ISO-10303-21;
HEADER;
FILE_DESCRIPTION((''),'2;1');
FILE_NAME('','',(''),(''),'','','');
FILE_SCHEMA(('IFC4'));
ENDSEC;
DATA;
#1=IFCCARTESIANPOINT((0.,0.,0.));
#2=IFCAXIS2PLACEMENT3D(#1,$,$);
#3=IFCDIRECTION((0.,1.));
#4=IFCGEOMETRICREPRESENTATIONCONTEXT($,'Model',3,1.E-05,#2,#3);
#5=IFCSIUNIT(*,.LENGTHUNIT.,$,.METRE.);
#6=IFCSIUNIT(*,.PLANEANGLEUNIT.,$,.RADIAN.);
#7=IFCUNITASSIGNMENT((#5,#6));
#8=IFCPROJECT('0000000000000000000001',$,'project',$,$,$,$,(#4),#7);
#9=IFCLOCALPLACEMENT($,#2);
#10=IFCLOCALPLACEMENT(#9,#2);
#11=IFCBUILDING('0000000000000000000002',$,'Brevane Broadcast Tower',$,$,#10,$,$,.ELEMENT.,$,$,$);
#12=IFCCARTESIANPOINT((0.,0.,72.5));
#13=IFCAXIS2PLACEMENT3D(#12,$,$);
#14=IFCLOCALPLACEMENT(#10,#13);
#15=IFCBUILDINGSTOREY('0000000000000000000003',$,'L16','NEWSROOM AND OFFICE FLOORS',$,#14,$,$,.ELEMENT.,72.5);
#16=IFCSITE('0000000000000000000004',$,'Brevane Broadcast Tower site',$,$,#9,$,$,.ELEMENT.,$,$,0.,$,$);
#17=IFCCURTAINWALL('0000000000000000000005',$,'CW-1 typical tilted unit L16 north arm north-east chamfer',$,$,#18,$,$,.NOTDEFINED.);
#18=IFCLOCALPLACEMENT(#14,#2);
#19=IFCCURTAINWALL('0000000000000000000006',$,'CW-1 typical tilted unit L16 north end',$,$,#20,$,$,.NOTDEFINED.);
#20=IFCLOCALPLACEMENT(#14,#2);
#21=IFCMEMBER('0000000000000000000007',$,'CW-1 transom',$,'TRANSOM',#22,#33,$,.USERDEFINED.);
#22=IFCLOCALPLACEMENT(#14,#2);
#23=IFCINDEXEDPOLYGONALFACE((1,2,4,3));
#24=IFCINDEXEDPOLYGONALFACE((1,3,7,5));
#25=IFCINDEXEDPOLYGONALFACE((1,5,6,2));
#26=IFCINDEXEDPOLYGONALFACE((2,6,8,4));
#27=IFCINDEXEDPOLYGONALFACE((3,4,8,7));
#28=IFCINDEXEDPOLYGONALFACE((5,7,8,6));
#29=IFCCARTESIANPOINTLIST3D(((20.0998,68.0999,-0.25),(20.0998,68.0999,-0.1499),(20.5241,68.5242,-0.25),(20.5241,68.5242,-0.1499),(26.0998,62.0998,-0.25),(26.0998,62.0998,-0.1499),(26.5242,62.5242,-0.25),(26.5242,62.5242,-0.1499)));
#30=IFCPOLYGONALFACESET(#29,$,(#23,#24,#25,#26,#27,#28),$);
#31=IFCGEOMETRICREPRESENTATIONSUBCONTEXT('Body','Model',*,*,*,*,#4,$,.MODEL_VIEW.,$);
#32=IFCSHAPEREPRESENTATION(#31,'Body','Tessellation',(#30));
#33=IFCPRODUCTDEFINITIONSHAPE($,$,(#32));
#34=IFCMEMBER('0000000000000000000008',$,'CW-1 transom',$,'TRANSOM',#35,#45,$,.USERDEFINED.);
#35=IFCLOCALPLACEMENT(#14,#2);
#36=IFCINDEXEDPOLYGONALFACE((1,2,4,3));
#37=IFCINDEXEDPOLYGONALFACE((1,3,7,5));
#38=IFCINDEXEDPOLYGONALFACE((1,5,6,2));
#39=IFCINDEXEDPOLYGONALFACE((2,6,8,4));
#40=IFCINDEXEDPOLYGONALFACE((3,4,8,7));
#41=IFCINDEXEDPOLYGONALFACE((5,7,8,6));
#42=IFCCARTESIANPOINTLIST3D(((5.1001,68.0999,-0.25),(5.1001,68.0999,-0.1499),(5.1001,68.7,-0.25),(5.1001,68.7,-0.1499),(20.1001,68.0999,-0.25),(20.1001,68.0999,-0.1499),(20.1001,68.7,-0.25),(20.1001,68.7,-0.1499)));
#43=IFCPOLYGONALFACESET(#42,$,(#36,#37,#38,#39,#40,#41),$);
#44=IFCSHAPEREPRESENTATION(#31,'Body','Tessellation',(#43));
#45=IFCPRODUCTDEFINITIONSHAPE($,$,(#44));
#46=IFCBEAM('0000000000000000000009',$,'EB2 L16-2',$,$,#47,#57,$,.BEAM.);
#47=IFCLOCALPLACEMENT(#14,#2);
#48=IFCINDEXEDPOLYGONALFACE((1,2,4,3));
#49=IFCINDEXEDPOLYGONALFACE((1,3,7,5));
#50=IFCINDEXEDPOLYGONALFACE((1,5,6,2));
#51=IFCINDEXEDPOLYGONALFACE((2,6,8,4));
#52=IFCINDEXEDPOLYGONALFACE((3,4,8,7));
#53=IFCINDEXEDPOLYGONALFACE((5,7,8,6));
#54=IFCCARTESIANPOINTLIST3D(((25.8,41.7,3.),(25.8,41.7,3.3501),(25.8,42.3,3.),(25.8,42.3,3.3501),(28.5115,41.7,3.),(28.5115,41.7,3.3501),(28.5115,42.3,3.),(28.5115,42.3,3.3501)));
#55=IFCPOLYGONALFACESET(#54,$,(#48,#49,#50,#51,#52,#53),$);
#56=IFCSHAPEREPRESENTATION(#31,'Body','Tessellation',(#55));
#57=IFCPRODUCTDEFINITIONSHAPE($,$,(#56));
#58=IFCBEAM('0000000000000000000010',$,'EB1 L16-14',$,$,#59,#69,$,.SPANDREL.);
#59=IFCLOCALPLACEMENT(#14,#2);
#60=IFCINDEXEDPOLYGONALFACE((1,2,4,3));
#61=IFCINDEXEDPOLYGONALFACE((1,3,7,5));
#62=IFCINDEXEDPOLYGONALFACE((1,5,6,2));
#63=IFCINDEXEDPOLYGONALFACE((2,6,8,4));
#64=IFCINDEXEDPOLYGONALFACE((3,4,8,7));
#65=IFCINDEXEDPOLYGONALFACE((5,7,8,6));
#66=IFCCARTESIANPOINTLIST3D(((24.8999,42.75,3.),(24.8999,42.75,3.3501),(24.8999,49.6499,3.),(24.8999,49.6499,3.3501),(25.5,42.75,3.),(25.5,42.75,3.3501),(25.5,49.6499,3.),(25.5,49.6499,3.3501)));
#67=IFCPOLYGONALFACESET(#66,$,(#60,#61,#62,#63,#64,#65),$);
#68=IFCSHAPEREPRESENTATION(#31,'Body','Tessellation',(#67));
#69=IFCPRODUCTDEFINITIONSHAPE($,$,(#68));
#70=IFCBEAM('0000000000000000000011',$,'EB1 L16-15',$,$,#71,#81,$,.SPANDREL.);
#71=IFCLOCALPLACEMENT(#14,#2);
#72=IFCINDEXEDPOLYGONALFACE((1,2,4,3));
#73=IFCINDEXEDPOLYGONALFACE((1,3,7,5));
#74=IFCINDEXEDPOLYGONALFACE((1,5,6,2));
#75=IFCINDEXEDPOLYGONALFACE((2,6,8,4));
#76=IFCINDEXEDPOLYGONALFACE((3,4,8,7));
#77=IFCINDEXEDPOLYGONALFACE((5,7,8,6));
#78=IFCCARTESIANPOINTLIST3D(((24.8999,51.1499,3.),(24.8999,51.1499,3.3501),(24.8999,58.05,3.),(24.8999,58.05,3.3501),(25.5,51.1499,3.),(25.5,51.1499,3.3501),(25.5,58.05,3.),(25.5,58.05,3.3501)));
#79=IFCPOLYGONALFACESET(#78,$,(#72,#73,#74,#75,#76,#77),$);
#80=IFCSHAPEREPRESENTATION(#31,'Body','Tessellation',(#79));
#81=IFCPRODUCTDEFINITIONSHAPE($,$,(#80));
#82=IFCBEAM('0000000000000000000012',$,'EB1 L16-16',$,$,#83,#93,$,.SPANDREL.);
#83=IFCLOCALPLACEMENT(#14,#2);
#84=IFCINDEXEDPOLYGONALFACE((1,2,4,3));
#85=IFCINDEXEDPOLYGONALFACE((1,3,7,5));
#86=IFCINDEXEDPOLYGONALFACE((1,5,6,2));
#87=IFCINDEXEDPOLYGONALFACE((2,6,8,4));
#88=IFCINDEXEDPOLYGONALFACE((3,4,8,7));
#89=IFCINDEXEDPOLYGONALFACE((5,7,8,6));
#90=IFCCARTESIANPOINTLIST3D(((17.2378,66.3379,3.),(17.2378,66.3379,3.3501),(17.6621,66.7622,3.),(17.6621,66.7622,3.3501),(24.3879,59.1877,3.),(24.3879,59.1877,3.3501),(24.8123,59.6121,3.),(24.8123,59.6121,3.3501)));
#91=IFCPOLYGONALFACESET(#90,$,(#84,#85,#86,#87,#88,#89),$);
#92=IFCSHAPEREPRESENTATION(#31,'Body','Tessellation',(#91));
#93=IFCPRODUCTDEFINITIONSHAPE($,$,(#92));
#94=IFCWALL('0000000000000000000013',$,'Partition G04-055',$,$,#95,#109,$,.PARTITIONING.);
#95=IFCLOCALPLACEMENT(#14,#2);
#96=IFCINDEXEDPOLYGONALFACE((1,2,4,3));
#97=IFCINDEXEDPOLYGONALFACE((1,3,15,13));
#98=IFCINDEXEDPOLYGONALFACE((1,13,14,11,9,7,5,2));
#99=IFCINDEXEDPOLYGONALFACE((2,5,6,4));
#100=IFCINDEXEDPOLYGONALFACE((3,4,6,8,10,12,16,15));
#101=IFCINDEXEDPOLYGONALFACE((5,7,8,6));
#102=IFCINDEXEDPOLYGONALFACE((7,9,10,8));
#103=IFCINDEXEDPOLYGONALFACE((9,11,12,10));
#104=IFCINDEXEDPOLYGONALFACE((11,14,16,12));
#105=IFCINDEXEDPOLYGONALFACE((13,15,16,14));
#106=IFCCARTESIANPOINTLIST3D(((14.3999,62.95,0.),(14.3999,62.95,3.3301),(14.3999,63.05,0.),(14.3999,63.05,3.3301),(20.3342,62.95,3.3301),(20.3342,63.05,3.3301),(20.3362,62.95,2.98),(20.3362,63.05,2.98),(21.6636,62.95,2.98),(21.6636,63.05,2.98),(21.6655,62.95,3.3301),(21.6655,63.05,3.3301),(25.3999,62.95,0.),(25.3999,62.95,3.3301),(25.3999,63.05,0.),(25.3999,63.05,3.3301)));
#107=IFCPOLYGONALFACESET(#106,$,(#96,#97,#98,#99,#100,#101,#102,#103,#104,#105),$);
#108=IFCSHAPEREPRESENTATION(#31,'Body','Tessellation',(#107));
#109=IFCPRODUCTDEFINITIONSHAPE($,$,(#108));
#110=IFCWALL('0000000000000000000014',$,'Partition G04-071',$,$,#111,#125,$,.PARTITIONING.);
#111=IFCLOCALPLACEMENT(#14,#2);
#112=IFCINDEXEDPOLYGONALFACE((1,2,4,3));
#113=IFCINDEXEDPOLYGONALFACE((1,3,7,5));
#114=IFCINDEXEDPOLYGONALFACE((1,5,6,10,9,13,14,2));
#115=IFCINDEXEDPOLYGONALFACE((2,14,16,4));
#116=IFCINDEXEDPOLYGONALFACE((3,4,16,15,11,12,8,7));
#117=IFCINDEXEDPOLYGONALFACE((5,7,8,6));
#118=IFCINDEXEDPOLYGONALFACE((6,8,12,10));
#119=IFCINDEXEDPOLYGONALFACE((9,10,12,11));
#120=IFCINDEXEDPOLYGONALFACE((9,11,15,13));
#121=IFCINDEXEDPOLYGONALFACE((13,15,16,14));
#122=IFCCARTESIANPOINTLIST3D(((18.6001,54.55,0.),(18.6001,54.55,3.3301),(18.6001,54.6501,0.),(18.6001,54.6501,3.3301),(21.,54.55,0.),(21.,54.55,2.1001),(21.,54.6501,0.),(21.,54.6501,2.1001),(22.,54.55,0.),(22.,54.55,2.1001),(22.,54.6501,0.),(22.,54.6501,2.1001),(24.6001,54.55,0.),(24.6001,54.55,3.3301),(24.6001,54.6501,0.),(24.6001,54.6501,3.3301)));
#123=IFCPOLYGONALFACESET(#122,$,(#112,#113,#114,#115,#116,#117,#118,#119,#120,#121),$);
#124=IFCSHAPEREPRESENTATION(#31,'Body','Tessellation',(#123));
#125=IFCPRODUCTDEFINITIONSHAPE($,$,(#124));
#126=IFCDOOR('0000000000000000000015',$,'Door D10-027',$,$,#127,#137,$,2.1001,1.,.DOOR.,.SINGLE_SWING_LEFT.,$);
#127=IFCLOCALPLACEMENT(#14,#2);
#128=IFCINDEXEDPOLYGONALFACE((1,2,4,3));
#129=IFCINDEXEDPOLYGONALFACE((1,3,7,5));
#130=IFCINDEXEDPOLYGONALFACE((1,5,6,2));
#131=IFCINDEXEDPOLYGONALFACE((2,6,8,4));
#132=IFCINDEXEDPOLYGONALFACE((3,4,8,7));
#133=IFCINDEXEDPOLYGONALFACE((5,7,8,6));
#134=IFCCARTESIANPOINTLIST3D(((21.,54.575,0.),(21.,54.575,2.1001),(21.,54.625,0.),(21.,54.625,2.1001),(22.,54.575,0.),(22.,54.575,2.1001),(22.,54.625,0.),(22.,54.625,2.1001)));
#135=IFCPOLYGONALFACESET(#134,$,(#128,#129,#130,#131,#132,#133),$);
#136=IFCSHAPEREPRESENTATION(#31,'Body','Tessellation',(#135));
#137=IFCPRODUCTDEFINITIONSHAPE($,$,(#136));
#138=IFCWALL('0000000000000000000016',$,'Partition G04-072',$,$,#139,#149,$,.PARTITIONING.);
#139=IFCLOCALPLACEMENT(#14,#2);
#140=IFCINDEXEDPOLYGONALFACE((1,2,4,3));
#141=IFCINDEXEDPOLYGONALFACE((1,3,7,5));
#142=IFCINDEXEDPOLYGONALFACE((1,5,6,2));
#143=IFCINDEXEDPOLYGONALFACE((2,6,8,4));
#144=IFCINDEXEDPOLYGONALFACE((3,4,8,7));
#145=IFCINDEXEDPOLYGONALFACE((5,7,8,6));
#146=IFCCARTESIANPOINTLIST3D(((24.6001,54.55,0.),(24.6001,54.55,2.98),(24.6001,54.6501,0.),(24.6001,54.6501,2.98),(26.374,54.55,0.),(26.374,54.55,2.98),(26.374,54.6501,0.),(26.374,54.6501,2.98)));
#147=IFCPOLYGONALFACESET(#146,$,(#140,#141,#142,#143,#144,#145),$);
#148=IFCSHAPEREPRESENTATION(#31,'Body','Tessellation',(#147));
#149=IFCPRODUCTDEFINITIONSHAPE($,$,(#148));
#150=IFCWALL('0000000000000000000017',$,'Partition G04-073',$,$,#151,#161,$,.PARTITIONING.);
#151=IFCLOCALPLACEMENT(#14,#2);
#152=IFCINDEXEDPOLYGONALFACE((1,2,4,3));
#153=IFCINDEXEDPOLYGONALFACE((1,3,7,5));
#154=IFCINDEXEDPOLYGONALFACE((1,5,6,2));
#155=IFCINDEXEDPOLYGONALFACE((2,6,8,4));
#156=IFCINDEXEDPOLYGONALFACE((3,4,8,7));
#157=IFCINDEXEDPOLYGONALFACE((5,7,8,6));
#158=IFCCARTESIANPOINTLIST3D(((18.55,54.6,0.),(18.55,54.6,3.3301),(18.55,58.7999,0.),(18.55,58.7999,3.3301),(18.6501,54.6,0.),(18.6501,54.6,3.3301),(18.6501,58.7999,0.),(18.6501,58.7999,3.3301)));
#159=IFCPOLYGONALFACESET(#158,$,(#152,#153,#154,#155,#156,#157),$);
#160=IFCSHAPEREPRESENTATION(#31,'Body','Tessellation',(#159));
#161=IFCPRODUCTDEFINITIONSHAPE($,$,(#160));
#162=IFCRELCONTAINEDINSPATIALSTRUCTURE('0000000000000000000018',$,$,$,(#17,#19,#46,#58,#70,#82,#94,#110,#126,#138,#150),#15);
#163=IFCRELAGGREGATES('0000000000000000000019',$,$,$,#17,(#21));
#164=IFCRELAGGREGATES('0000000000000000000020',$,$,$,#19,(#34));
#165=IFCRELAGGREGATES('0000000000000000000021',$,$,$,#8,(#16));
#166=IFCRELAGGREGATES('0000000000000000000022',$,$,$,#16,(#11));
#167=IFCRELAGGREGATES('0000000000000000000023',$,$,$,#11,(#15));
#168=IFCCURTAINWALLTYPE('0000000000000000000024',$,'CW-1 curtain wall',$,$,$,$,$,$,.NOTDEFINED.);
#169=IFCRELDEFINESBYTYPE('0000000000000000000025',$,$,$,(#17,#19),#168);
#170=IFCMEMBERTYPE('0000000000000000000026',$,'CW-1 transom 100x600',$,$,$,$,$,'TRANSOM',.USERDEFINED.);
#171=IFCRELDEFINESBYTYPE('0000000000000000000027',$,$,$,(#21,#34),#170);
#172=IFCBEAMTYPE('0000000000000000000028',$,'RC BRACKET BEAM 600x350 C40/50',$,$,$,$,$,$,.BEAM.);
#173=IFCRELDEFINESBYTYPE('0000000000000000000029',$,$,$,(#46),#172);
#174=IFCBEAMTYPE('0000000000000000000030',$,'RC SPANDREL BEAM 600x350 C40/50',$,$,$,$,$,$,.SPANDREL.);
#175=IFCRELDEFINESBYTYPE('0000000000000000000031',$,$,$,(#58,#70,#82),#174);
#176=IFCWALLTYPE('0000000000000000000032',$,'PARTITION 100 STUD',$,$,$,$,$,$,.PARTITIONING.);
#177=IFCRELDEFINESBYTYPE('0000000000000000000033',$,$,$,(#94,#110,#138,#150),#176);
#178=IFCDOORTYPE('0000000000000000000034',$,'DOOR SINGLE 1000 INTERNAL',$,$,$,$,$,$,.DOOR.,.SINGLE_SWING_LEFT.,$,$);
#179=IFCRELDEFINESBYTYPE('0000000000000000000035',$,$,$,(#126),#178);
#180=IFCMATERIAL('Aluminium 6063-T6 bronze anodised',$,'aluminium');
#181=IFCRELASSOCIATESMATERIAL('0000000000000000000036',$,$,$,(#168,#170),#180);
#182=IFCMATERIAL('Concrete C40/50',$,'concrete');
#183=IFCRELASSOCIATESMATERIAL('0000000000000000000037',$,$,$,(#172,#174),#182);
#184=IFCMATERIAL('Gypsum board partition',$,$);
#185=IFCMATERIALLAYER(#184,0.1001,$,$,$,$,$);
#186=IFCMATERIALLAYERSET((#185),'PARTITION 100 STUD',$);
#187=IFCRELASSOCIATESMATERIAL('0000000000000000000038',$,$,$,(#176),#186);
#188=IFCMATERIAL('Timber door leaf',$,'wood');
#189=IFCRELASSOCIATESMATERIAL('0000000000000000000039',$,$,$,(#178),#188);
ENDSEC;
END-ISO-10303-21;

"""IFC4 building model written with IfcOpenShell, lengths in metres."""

from ifc_helpers import new_model, si_unit, direction, frame, frame_2d, origin, origin_2d, place, context, subcontext, project, spatial, polyline, rectangle, outline, extrude, material, layer, layer_set, material_profile, profile_set, type_object, element, fill, aggregate, save


model = new_model("IFC4")

# Units and contexts
model_context = context("Model", 3, precision=1e-05, world=origin(), true_north=direction((0.0, 1.0)))
body_context = subcontext(model_context, "Body", "Model", "MODEL_VIEW")
ifc_project = project(units=[si_unit("LENGTHUNIT", "METRE"), si_unit("PLANEANGLEUNIT", "RADIAN")], contexts=[model_context])

# Site, building, storey
site_placement = place(None, origin())
site = spatial("IfcSite", under=ifc_project, at=site_placement, Name="Brevane Broadcast Tower site", CompositionType="ELEMENT", RefElevation=0.0)
building_placement = place(site_placement, origin())
building = spatial("IfcBuilding", under=site, at=building_placement, Name="Brevane Broadcast Tower", CompositionType="ELEMENT")
storey_placement = place(building_placement, frame((0.0, 0.0, 72.5)))
storey = spatial("IfcBuildingStorey", under=building, at=storey_placement, Name="L16", Description="NEWSROOM AND OFFICE FLOORS", CompositionType="ELEMENT", Elevation=72.5)

# Shared definitions
ifc_material_1 = material(Name="Aluminium 6063-T6 bronze anodised", Category="aluminium")
curtain_wall_type = type_object("IfcCurtainWallType", Name="CW-1 curtain wall", PredefinedType="NOTDEFINED", material=ifc_material_1)

# Curtain wall
curtain_wall_1_placement = place(storey_placement, origin())
curtain_wall_1 = element("IfcCurtainWall", 1, at=curtain_wall_1_placement, inside=storey, type_object=curtain_wall_type, Name="CW-1 typical tilted unit L16 north arm north-east chamfer", PredefinedType="NOTDEFINED")

# Curtain wall
curtain_wall_2_placement = place(storey_placement, origin())
curtain_wall_2 = element("IfcCurtainWall", 2, at=curtain_wall_2_placement, inside=storey, type_object=curtain_wall_type, Name="CW-1 typical tilted unit L16 north end", PredefinedType="NOTDEFINED")

# Members
ifc_material_profile_1 = material_profile(ifc_material_1, rectangle(XDim=0.6001, YDim=0.1001, at=origin_2d()), Name="RECT 100x600")
ifc_profile_set_1 = profile_set([ifc_material_profile_1], Name="Aluminium 6063-T6 bronze anodised")
member_type_1 = type_object("IfcMemberType", Name="CW-1 transom 100x600", ElementType="TRANSOM", PredefinedType="USERDEFINED", material=ifc_profile_set_1)
member_1_placement = place(storey_placement, frame((26.312, 62.312, -0.2), z_axis=(-0.707107, 0.707107, 0.0), x_axis=(-0.707107, -0.707107, 0.0)))
member_1 = element("IfcMember", 3, at=member_1_placement, type_object=member_type_1, Name="CW-1 transom", ObjectType="TRANSOM", PredefinedType="USERDEFINED", context=body_context, shape_type="SweptSolid", body=[
    extrude(rectangle(XDim=0.6001, YDim=0.1001, at=origin_2d()), origin(), (0.0, 0.0, 1.0), 8.4854),
])
aggregate(curtain_wall_1, [member_1])
member_2_placement = place(storey_placement, frame((20.1001, 68.3999, -0.2), z_axis=(-1.0, 0.0, 0.0), x_axis=(0.0, -1.0, 0.0)))
member_2 = element("IfcMember", 4, at=member_2_placement, type_object=member_type_1, Name="CW-1 transom", ObjectType="TRANSOM", PredefinedType="USERDEFINED", context=body_context, shape_type="SweptSolid", body=[
    extrude(rectangle(XDim=0.6001, YDim=0.1001, at=origin_2d()), origin(), (0.0, 0.0, 1.0), 15.0),
])
aggregate(curtain_wall_2, [member_2])

# Beams
ifc_material_2 = material(Name="Concrete C40/50", Category="concrete")
ifc_material_profile_2 = material_profile(ifc_material_2, rectangle(XDim=0.6001, YDim=0.3501, at=origin_2d()), Name="RC 600x350")
ifc_profile_set_2 = profile_set([ifc_material_profile_2], Name="Concrete C40/50")
beam_type_1 = type_object("IfcBeamType", Name="RC BRACKET BEAM 600x350 C40/50", PredefinedType="BEAM", material=ifc_profile_set_2)
beam_1_placement = place(storey_placement, frame((25.8, 42.0, 3.175), z_axis=(1.0, 0.0, 0.0), x_axis=(0.0, 1.0, 0.0)))
element("IfcBeam", 5, at=beam_1_placement, inside=storey, type_object=beam_type_1, Name="EB2 L16-2", PredefinedType="BEAM", context=body_context, shape_type="SweptSolid", body=[
    extrude(rectangle(XDim=0.6001, YDim=0.3501, at=origin_2d()), origin(), (0.0, 0.0, 1.0), 2.7114),
])
ifc_material_profile_3 = material_profile(ifc_material_2, rectangle(XDim=0.6001, YDim=0.3501, at=origin_2d()), Name="RC 600x350")
ifc_profile_set_3 = profile_set([ifc_material_profile_3], Name="Concrete C40/50")
beam_type_2 = type_object("IfcBeamType", Name="RC SPANDREL BEAM 600x350 C40/50", PredefinedType="SPANDREL", material=ifc_profile_set_3)
beam_2_placement = place(storey_placement, frame((25.2, 42.75, 3.175), z_axis=(0.0, 1.0, 0.0), x_axis=(-1.0, 0.0, 0.0)))
element("IfcBeam", 6, at=beam_2_placement, inside=storey, type_object=beam_type_2, Name="EB1 L16-14", PredefinedType="SPANDREL", context=body_context, shape_type="SweptSolid", body=[
    extrude(rectangle(XDim=0.6001, YDim=0.3501, at=origin_2d()), origin(), (0.0, 0.0, 1.0), 6.8999),
])
beam_3_placement = place(storey_placement, frame((25.2, 51.1499, 3.175), z_axis=(0.0, 1.0, 0.0), x_axis=(-1.0, 0.0, 0.0)))
element("IfcBeam", 7, at=beam_3_placement, inside=storey, type_object=beam_type_2, Name="EB1 L16-15", PredefinedType="SPANDREL", context=body_context, shape_type="SweptSolid", body=[
    extrude(rectangle(XDim=0.6001, YDim=0.3501, at=origin_2d()), origin(), (0.0, 0.0, 1.0), 6.9001),
])
beam_4_placement = place(storey_placement, frame((24.6001, 59.3999, 3.175), z_axis=(-0.707107, 0.707107, 0.0), x_axis=(-0.707107, -0.707107, 0.0)))
element("IfcBeam", 8, at=beam_4_placement, inside=storey, type_object=beam_type_2, Name="EB1 L16-16", PredefinedType="SPANDREL", context=body_context, shape_type="SweptSolid", body=[
    extrude(rectangle(XDim=0.6001, YDim=0.3501, at=origin_2d()), origin(), (0.0, 0.0, 1.0), 10.1118),
])

# Wall
ifc_material_3 = material(Name="Gypsum board partition")
ifc_layer_1 = layer(ifc_material_3, 0.1001)
ifc_layer_set_1 = layer_set([ifc_layer_1], Name="PARTITION 100 STUD")
wall_type_1 = type_object("IfcWallType", Name="PARTITION 100 STUD", PredefinedType="PARTITIONING", material=ifc_layer_set_1)
wall_1_placement = place(storey_placement, frame((25.3999, 63.0, 0.0), z_axis=(0.0, 0.0, 1.0), x_axis=(-1.0, 0.0, 0.0)))
element("IfcWall", 9, at=wall_1_placement, inside=storey, type_object=wall_type_1, Name="Partition G04-055", PredefinedType="PARTITIONING", context=body_context, shape_type="SweptSolid", body=[
    extrude(outline(polyline([(0.0, 0.0), (11.0, 0.0), (11.0, 3.3301), (5.0657, 3.3301), (5.0637, 2.98), (3.7363, 2.98), (3.7344, 3.3301), (0.0, 3.3301), (0.0, 0.0)])), frame((0.0, 0.05, 0.0), z_axis=(0.0, -1.0, 0.0), x_axis=(1.0, 0.0, 0.0)), (0.0, 0.0, 1.0), 0.1001),
])

# Wall, opening, door
wall_2_placement = place(storey_placement, frame((18.6001, 54.6001, 0.0), z_axis=(0.0, 0.0, 1.0), x_axis=(1.0, 0.0, 0.0)))
wall_2 = element("IfcWall", 10, at=wall_2_placement, inside=storey, type_object=wall_type_1, Name="Partition G04-071", PredefinedType="PARTITIONING", context=body_context, shape_type="SweptSolid", body=[
    extrude(rectangle(XDim=6.0, YDim=0.1001, at=frame_2d((3.0, 0.0))), origin(), (0.0, 0.0, 1.0), 3.3301),
])
opening_1_placement = place(wall_2_placement, frame((2.3999, 0.0, 0.0)))
opening_1 = element("IfcOpeningElement", 11, at=opening_1_placement, cuts=wall_2, PredefinedType="OPENING", context=body_context, shape_type="SweptSolid", body=[
    extrude(rectangle(XDim=1.0, YDim=2.1001, at=frame_2d((0.5, 1.05))), frame((0.0, 0.0601, 0.0), z_axis=(0.0, -1.0, 0.0), x_axis=(1.0, 0.0, 0.0)), (0.0, 0.0, 1.0), 0.1201),
])
ifc_material_4 = material(Name="Timber door leaf", Category="wood")
door_type_1 = type_object("IfcDoorType", Name="DOOR SINGLE 1000 INTERNAL", OperationType="SINGLE_SWING_LEFT", PredefinedType="DOOR", material=ifc_material_4)
door_1_placement = place(opening_1_placement, origin())
door_1 = element("IfcDoor", 12, at=door_1_placement, inside=storey, type_object=door_type_1, Name="Door D10-027", OperationType="SINGLE_SWING_LEFT", OverallHeight=2.1001, OverallWidth=1.0, PredefinedType="DOOR", context=body_context, shape_type="SweptSolid", body=[
    extrude(rectangle(XDim=1.0, YDim=2.1001, at=frame_2d((0.5, 1.05))), frame((0.0, 0.0249, 0.0), z_axis=(0.0, -1.0, 0.0), x_axis=(1.0, 0.0, 0.0)), (0.0, 0.0, 1.0), 0.05),
])
fill(opening_1, door_1)

# Walls
wall_3_placement = place(storey_placement, frame((24.6001, 54.6001, 0.0), z_axis=(0.0, 0.0, 1.0), x_axis=(1.0, 0.0, 0.0)))
element("IfcWall", 13, at=wall_3_placement, inside=storey, type_object=wall_type_1, Name="Partition G04-072", PredefinedType="PARTITIONING", context=body_context, shape_type="SweptSolid", body=[
    extrude(rectangle(XDim=1.7739, YDim=0.1001, at=frame_2d((0.887, 0.0))), origin(), (0.0, 0.0, 1.0), 2.98),
])
wall_4_placement = place(storey_placement, frame((18.6001, 58.8, 0.0), z_axis=(0.0, 0.0, 1.0), x_axis=(0.0, -1.0, 0.0)))
element("IfcWall", 14, at=wall_4_placement, inside=storey, type_object=wall_type_1, Name="Partition G04-073", PredefinedType="PARTITIONING", context=body_context, shape_type="SweptSolid", body=[
    extrude(rectangle(XDim=4.2, YDim=0.1001, at=frame_2d((2.1001, 0.0))), origin(), (0.0, 0.0, 1.0), 3.3301),
])

save(model, "model.ifc")
